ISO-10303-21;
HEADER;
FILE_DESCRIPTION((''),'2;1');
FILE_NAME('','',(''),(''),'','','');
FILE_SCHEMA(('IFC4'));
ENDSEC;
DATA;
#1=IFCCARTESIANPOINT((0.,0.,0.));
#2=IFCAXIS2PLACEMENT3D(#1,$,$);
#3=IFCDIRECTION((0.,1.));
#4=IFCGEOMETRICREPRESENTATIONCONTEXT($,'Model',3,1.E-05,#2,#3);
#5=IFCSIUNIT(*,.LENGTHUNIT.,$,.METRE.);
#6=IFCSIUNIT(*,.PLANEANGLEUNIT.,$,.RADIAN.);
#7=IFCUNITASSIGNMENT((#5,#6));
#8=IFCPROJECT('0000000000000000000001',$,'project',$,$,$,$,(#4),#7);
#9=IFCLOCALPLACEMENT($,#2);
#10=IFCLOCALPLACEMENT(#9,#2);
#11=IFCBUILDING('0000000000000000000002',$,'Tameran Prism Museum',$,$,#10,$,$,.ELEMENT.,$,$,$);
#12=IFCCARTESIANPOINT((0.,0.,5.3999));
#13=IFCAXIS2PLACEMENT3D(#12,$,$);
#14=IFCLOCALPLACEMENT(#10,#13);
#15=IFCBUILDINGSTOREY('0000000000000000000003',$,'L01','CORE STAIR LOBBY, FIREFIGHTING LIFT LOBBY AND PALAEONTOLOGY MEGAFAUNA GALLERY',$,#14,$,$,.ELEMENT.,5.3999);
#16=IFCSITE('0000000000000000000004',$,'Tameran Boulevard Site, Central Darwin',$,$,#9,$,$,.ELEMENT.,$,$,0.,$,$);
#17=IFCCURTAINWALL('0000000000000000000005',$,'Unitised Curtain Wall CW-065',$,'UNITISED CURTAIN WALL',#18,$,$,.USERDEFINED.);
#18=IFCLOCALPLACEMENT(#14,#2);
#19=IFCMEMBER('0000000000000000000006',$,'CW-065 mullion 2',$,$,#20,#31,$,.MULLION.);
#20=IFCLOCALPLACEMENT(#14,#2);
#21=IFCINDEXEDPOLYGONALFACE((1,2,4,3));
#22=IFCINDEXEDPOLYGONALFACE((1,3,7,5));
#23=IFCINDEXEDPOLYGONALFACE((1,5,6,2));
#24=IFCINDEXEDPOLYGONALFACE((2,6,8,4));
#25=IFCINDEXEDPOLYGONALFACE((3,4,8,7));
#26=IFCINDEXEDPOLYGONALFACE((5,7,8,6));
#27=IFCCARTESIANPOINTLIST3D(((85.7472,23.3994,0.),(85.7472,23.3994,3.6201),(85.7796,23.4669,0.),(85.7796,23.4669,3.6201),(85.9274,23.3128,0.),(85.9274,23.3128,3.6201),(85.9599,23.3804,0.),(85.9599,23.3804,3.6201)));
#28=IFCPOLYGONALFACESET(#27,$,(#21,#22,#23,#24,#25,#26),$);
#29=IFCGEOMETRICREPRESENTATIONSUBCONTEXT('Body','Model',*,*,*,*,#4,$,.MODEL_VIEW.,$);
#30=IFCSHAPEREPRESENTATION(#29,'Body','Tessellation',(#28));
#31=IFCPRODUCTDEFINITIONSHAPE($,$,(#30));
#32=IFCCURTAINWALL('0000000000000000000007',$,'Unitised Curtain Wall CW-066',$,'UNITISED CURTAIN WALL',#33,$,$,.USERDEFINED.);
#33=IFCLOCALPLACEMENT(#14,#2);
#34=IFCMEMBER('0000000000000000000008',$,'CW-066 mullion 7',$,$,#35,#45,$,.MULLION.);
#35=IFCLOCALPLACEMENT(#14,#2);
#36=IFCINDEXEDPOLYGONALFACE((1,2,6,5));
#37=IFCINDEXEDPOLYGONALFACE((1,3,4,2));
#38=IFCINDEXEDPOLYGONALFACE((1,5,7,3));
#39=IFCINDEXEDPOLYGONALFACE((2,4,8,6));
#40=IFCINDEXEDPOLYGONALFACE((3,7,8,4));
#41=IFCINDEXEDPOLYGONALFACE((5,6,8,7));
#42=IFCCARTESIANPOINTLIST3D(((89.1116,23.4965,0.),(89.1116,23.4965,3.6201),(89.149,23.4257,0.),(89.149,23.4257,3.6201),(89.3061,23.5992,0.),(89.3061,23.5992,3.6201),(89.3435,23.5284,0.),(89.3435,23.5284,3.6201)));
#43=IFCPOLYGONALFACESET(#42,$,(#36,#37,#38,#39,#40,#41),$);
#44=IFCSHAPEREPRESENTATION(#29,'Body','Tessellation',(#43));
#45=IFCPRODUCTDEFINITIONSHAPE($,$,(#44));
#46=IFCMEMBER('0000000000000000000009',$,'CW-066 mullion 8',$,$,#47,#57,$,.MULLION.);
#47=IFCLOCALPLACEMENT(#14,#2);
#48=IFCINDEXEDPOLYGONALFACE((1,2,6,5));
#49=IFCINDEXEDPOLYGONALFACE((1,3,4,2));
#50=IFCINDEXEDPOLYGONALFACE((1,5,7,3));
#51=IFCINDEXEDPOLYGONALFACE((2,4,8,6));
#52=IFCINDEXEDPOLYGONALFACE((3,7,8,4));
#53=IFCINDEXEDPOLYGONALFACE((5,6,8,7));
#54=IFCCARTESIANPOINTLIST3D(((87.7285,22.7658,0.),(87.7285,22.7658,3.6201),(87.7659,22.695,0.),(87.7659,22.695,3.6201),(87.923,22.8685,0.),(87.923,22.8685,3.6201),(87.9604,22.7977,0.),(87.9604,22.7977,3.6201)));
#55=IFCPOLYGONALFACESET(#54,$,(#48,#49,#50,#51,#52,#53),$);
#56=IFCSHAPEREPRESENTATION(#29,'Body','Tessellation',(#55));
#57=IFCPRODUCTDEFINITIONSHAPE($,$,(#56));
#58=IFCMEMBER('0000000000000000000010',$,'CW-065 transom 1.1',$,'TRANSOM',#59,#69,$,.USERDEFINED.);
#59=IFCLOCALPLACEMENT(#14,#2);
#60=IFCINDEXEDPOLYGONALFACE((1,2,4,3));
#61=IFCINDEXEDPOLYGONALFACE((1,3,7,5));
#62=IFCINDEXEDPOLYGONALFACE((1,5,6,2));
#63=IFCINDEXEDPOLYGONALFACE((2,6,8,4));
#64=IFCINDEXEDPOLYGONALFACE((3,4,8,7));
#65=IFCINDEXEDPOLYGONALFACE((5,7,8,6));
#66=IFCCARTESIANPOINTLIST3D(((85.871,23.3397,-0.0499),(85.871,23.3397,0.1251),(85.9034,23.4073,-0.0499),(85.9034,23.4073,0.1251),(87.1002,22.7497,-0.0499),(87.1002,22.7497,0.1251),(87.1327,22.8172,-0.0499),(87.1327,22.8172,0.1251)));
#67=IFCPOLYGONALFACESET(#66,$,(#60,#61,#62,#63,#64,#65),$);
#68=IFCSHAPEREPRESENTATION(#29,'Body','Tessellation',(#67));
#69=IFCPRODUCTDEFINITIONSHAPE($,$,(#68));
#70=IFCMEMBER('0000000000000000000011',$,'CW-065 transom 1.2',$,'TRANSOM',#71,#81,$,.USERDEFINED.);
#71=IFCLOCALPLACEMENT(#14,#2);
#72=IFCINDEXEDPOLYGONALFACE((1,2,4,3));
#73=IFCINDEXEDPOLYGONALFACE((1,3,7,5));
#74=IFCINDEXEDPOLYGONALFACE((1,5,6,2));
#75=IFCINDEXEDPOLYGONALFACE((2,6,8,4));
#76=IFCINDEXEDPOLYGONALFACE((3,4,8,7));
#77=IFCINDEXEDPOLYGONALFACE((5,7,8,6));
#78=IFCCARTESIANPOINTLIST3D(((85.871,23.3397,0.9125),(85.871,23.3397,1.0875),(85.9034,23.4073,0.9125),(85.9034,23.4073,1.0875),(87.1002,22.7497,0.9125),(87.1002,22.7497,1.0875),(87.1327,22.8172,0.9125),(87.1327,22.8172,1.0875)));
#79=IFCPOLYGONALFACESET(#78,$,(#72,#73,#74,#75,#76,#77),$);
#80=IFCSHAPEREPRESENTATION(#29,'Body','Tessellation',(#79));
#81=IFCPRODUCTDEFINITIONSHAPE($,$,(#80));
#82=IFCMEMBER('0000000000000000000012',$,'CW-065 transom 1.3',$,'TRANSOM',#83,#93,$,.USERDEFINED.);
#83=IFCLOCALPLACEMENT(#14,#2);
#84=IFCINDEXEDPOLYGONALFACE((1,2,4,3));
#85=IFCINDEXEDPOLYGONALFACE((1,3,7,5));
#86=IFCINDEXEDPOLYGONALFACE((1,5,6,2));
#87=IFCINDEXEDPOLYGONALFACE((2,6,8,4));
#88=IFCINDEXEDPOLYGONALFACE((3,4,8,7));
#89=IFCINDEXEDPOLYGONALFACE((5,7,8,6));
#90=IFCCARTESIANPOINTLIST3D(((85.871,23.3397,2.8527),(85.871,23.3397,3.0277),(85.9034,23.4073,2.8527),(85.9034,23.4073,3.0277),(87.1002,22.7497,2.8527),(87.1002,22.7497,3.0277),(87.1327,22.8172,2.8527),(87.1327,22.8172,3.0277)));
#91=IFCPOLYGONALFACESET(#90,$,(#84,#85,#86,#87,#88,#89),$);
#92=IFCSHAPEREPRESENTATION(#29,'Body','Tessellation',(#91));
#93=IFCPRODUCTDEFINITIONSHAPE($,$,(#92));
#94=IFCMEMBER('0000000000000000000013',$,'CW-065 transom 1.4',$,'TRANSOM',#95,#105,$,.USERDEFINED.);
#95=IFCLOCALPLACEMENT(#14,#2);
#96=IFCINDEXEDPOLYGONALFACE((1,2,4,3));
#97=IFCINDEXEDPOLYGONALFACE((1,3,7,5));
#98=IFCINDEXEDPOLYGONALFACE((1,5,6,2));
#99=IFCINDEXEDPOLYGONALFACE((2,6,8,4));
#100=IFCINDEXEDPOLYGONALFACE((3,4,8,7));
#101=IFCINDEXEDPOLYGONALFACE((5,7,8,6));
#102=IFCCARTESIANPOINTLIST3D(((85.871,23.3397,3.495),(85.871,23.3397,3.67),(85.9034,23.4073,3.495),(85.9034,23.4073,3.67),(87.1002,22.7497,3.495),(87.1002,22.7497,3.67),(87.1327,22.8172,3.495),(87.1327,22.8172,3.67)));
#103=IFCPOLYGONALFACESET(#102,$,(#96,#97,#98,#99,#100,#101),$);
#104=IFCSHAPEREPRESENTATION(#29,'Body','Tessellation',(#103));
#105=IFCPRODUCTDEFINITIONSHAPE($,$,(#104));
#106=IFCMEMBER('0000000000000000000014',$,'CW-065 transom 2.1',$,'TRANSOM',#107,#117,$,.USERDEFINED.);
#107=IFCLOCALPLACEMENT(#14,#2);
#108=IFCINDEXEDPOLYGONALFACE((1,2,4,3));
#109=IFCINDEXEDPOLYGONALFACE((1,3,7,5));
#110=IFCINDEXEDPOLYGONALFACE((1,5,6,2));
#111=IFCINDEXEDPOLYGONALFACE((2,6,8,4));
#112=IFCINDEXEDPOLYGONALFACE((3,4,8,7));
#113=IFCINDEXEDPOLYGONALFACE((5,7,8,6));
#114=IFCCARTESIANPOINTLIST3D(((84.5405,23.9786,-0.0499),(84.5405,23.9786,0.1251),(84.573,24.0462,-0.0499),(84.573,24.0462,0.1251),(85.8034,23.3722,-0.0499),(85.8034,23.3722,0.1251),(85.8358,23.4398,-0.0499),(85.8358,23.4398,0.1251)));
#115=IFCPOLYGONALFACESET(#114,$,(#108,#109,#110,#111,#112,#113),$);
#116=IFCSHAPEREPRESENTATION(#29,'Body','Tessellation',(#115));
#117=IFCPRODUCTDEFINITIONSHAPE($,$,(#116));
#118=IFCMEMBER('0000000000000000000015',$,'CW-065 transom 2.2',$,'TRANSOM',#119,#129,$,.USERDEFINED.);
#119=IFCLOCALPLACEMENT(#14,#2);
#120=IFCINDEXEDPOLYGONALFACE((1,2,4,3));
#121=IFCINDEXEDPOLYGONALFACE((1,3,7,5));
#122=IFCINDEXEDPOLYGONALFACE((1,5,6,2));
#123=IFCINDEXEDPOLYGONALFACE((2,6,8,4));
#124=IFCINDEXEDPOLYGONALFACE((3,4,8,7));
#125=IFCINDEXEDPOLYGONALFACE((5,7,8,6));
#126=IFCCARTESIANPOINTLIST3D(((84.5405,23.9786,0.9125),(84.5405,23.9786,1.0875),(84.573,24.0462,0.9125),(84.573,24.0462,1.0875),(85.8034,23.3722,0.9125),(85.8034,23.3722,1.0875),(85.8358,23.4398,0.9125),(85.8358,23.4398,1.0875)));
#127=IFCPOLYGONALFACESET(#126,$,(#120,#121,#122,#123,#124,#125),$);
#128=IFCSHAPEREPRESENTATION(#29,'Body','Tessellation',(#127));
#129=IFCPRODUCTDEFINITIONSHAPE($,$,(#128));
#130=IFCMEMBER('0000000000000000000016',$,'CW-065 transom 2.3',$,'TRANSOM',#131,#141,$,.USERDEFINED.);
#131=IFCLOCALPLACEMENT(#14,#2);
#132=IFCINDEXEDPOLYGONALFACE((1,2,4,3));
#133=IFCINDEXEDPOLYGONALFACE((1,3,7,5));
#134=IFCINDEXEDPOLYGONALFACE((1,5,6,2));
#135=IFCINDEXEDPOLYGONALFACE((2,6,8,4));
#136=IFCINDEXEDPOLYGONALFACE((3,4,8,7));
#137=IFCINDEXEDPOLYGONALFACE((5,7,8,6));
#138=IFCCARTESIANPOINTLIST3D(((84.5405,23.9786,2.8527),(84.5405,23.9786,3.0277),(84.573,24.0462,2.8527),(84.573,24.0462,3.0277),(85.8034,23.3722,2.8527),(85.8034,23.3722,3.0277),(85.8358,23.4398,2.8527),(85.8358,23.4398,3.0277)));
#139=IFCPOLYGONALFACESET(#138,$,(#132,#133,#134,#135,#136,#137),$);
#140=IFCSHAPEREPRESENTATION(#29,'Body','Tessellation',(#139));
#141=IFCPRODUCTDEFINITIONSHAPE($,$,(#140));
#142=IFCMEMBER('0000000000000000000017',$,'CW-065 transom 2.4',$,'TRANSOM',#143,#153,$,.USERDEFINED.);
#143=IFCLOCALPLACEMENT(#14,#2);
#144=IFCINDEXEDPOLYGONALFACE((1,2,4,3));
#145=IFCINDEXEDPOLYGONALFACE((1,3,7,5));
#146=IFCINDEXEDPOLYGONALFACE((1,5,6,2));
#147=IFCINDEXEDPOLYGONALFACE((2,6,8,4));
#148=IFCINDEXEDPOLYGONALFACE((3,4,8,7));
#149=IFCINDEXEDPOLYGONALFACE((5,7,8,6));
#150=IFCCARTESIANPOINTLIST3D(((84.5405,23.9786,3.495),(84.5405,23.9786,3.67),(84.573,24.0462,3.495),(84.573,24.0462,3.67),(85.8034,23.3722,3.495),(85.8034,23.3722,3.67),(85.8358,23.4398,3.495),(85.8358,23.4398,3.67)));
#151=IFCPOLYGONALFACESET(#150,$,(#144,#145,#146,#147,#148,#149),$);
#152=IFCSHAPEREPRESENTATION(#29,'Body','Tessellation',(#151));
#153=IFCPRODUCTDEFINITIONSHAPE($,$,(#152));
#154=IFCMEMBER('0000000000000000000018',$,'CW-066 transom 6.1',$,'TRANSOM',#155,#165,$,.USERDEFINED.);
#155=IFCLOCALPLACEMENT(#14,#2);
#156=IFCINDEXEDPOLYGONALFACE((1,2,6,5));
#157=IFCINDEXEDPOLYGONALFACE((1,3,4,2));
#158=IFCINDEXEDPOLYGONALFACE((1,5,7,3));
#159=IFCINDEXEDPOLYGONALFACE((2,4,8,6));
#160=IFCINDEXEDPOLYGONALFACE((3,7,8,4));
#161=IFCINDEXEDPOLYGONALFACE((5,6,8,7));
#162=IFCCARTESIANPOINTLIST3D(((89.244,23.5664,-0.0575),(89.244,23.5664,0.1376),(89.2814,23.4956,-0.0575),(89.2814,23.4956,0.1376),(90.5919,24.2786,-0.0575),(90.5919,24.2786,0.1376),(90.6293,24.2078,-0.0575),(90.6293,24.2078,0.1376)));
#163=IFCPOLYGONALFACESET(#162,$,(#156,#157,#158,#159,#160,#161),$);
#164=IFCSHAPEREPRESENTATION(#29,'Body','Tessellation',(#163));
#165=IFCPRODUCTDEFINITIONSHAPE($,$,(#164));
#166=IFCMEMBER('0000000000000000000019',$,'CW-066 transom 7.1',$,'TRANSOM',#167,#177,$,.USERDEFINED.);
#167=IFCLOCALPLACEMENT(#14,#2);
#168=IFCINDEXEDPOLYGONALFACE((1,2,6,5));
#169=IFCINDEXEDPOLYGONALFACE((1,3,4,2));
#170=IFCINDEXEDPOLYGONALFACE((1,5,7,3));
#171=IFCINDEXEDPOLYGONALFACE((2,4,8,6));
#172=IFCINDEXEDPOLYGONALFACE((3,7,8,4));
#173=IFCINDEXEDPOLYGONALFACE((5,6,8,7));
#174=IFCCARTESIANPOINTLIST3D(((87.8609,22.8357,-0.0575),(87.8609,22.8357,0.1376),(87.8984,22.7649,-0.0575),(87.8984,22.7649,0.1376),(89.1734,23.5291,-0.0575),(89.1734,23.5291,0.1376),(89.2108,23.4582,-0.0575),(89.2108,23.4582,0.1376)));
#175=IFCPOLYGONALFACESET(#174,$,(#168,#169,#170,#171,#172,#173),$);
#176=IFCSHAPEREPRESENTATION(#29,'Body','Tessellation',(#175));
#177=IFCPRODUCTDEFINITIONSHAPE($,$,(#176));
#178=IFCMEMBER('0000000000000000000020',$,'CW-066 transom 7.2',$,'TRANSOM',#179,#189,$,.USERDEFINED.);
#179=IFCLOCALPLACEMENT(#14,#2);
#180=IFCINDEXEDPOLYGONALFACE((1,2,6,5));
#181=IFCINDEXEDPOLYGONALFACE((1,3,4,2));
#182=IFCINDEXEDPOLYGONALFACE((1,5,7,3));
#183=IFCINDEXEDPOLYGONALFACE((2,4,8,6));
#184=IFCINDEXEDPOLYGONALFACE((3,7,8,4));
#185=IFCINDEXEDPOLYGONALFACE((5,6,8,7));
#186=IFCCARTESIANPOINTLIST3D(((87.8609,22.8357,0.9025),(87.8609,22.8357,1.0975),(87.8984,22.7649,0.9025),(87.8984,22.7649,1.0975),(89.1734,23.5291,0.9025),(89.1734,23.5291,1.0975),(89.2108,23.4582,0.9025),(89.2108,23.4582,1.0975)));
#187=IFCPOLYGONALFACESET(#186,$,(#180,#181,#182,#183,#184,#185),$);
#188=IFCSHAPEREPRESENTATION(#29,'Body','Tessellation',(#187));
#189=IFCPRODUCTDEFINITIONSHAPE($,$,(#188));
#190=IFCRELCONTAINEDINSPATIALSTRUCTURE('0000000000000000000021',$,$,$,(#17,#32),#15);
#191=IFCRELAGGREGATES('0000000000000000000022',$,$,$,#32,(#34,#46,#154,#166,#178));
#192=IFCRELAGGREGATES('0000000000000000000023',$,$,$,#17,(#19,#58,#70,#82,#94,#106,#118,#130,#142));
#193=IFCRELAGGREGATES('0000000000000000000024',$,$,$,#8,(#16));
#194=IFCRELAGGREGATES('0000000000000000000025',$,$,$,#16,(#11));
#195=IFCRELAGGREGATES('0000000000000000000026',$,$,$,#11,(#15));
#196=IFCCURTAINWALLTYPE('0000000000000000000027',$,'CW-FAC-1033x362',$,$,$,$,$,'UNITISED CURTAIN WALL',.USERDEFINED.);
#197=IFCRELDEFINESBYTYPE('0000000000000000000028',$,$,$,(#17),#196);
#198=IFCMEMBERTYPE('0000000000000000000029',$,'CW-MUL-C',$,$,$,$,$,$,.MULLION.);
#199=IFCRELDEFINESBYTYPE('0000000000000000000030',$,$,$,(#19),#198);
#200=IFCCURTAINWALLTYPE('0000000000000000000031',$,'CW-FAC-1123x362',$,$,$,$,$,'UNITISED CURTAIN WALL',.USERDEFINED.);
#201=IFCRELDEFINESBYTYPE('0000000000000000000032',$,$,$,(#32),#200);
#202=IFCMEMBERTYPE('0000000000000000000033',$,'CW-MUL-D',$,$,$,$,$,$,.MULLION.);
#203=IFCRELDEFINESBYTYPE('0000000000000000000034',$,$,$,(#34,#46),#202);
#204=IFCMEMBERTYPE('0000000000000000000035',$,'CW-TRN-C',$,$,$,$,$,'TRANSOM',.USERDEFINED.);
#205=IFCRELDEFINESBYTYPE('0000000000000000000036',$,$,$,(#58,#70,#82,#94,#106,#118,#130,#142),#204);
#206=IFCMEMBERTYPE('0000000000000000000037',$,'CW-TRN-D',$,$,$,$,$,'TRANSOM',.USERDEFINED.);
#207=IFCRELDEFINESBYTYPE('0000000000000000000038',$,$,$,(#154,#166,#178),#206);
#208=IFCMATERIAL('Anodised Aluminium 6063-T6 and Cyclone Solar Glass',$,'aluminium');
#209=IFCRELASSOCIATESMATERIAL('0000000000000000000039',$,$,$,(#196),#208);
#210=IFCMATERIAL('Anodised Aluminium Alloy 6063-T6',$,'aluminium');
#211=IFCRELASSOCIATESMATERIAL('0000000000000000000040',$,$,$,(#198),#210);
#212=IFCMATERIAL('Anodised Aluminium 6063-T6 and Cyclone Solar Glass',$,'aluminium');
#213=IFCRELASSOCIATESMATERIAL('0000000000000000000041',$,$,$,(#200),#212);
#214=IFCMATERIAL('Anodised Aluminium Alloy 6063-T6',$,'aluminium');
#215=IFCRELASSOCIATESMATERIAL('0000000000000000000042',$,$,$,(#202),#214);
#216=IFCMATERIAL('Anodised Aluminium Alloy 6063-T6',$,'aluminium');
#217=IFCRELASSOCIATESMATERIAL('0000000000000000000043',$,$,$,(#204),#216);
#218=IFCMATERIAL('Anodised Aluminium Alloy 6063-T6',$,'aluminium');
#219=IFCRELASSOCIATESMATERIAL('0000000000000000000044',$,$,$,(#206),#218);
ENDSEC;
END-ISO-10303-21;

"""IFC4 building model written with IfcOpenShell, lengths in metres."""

from ifc_helpers import new_model, si_unit, direction, frame, origin, origin_2d, place, context, subcontext, project, spatial, rectangle, extrude, material, material_profile, profile_set, type_object, element, aggregate, save


model = new_model("IFC4")

# Units and contexts
model_context = context("Model", 3, precision=1e-05, world=origin(), true_north=direction((0.0, 1.0)))
body_context = subcontext(model_context, "Body", "Model", "MODEL_VIEW")
ifc_project = project(units=[si_unit("LENGTHUNIT", "METRE"), si_unit("PLANEANGLEUNIT", "RADIAN")], contexts=[model_context])

# Site, building, storey
site_placement = place(None, origin())
site = spatial("IfcSite", under=ifc_project, at=site_placement, Name="Tameran Boulevard Site, Central Darwin", CompositionType="ELEMENT", RefElevation=0.0)
building_placement = place(site_placement, origin())
building = spatial("IfcBuilding", under=site, at=building_placement, Name="Tameran Prism Museum", CompositionType="ELEMENT")
storey_placement = place(building_placement, frame((0.0, 0.0, 5.3999)))
storey = spatial("IfcBuildingStorey", under=building, at=storey_placement, Name="L01", Description="CORE STAIR LOBBY, FIREFIGHTING LIFT LOBBY AND PALAEONTOLOGY MEGAFAUNA GALLERY", CompositionType="ELEMENT", Elevation=5.3999)

# Curtain walls, members
ifc_material_1 = material(Name="Anodised Aluminium 6063-T6 and Cyclone Solar Glass", Category="aluminium")
curtain_wall_type_1 = type_object("IfcCurtainWallType", Name="CW-FAC-1033x362", ElementType="UNITISED CURTAIN WALL", PredefinedType="USERDEFINED", material=ifc_material_1)
curtain_wall_1_placement = place(storey_placement, origin())
curtain_wall_1 = element("IfcCurtainWall", 1, at=curtain_wall_1_placement, inside=storey, type_object=curtain_wall_type_1, Name="Unitised Curtain Wall CW-065", ObjectType="UNITISED CURTAIN WALL", PredefinedType="USERDEFINED")
ifc_material_2 = material(Name="Anodised Aluminium Alloy 6063-T6", Category="aluminium")
ifc_material_profile_1 = material_profile(ifc_material_2, rectangle(XDim=0.075, YDim=0.2, at=origin_2d()))
ifc_profile_set_1 = profile_set([ifc_material_profile_1])
member_type_1 = type_object("IfcMemberType", Name="CW-MUL-C", PredefinedType="MULLION", material=ifc_profile_set_1)
member_1_placement = place(storey_placement, frame((85.8535, 23.3899, 0.0), z_axis=(0.0, 0.0, 1.0), x_axis=(-0.432832, -0.901475, 0.0)))
member_1 = element("IfcMember", 2, at=member_1_placement, type_object=member_type_1, Name="CW-065 mullion 2", PredefinedType="MULLION", context=body_context, shape_type="SweptSolid", body=[
    extrude(rectangle(XDim=0.075, YDim=0.2, at=origin_2d()), origin(), (0.0, 0.0, 1.0), 3.6201),
])
ifc_material_3 = material(Name="Anodised Aluminium 6063-T6 and Cyclone Solar Glass", Category="aluminium")
curtain_wall_type_2 = type_object("IfcCurtainWallType", Name="CW-FAC-1123x362", ElementType="UNITISED CURTAIN WALL", PredefinedType="USERDEFINED", material=ifc_material_3)
curtain_wall_2_placement = place(storey_placement, origin())
curtain_wall_2 = element("IfcCurtainWall", 3, at=curtain_wall_2_placement, inside=storey, type_object=curtain_wall_type_2, Name="Unitised Curtain Wall CW-066", ObjectType="UNITISED CURTAIN WALL", PredefinedType="USERDEFINED")
ifc_material_4 = material(Name="Anodised Aluminium Alloy 6063-T6", Category="aluminium")
ifc_material_profile_2 = material_profile(ifc_material_4, rectangle(XDim=0.0801, YDim=0.22, at=origin_2d()))
ifc_profile_set_2 = profile_set([ifc_material_profile_2])
member_type_2 = type_object("IfcMemberType", Name="CW-MUL-D", PredefinedType="MULLION", material=ifc_profile_set_2)
member_2_placement = place(storey_placement, frame((89.2275, 23.5125, 0.0), z_axis=(0.0, 0.0, 1.0), x_axis=(0.467155, -0.884175, 0.0)))
member_2 = element("IfcMember", 4, at=member_2_placement, type_object=member_type_2, Name="CW-066 mullion 7", PredefinedType="MULLION", context=body_context, shape_type="SweptSolid", body=[
    extrude(rectangle(XDim=0.0801, YDim=0.22, at=origin_2d()), origin(), (0.0, 0.0, 1.0), 3.6201),
])
member_3_placement = place(storey_placement, frame((87.8445, 22.7817, 0.0), z_axis=(0.0, 0.0, 1.0), x_axis=(0.467155, -0.884175, 0.0)))
member_3 = element("IfcMember", 5, at=member_3_placement, type_object=member_type_2, Name="CW-066 mullion 8", PredefinedType="MULLION", context=body_context, shape_type="SweptSolid", body=[
    extrude(rectangle(XDim=0.0801, YDim=0.22, at=origin_2d()), origin(), (0.0, 0.0, 1.0), 3.6201),
])

# Members
ifc_material_5 = material(Name="Anodised Aluminium Alloy 6063-T6", Category="aluminium")
ifc_material_profile_3 = material_profile(ifc_material_5, rectangle(XDim=0.075, YDim=0.175, at=origin_2d()))
ifc_profile_set_3 = profile_set([ifc_material_profile_3])
member_type_3 = type_object("IfcMemberType", Name="CW-TRN-C", ElementType="TRANSOM", PredefinedType="USERDEFINED", material=ifc_profile_set_3)
member_4_placement = place(storey_placement, frame((87.1165, 22.7834, 0.0376), z_axis=(-0.901509, 0.43276, 0.0), x_axis=(-0.43276, -0.901509, 0.0)))
member_4 = element("IfcMember", 6, at=member_4_placement, type_object=member_type_3, Name="CW-065 transom 1.1", ObjectType="TRANSOM", PredefinedType="USERDEFINED", context=body_context, shape_type="SweptSolid", body=[
    extrude(rectangle(XDim=0.075, YDim=0.175, at=origin_2d()), origin(), (0.0, 0.0, 1.0), 1.3635),
])
member_5_placement = place(storey_placement, frame((87.1165, 22.7834, 1.0), z_axis=(-0.901509, 0.43276, 0.0), x_axis=(-0.43276, -0.901509, 0.0)))
member_5 = element("IfcMember", 7, at=member_5_placement, type_object=member_type_3, Name="CW-065 transom 1.2", ObjectType="TRANSOM", PredefinedType="USERDEFINED", context=body_context, shape_type="SweptSolid", body=[
    extrude(rectangle(XDim=0.075, YDim=0.175, at=origin_2d()), origin(), (0.0, 0.0, 1.0), 1.3635),
])
member_6_placement = place(storey_placement, frame((87.1165, 22.7834, 2.9402), z_axis=(-0.901509, 0.43276, 0.0), x_axis=(-0.43276, -0.901509, 0.0)))
member_6 = element("IfcMember", 8, at=member_6_placement, type_object=member_type_3, Name="CW-065 transom 1.3", ObjectType="TRANSOM", PredefinedType="USERDEFINED", context=body_context, shape_type="SweptSolid", body=[
    extrude(rectangle(XDim=0.075, YDim=0.175, at=origin_2d()), origin(), (0.0, 0.0, 1.0), 1.3635),
])
member_7_placement = place(storey_placement, frame((87.1165, 22.7834, 3.5825), z_axis=(-0.901509, 0.43276, 0.0), x_axis=(-0.43276, -0.901509, 0.0)))
member_7 = element("IfcMember", 9, at=member_7_placement, type_object=member_type_3, Name="CW-065 transom 1.4", ObjectType="TRANSOM", PredefinedType="USERDEFINED", context=body_context, shape_type="SweptSolid", body=[
    extrude(rectangle(XDim=0.075, YDim=0.175, at=origin_2d()), origin(), (0.0, 0.0, 1.0), 1.3635),
])
member_8_placement = place(storey_placement, frame((85.8196, 23.406, 0.0376), z_axis=(-0.901458, 0.432867, 0.0), x_axis=(-0.432867, -0.901458, 0.0)))
member_8 = element("IfcMember", 10, at=member_8_placement, type_object=member_type_3, Name="CW-065 transom 2.1", ObjectType="TRANSOM", PredefinedType="USERDEFINED", context=body_context, shape_type="SweptSolid", body=[
    extrude(rectangle(XDim=0.075, YDim=0.175, at=origin_2d()), origin(), (0.0, 0.0, 1.0), 1.4009),
])
member_9_placement = place(storey_placement, frame((85.8196, 23.406, 1.0), z_axis=(-0.901458, 0.432867, 0.0), x_axis=(-0.432867, -0.901458, 0.0)))
member_9 = element("IfcMember", 11, at=member_9_placement, type_object=member_type_3, Name="CW-065 transom 2.2", ObjectType="TRANSOM", PredefinedType="USERDEFINED", context=body_context, shape_type="SweptSolid", body=[
    extrude(rectangle(XDim=0.075, YDim=0.175, at=origin_2d()), origin(), (0.0, 0.0, 1.0), 1.4009),
])
member_10_placement = place(storey_placement, frame((85.8196, 23.406, 2.9402), z_axis=(-0.901458, 0.432867, 0.0), x_axis=(-0.432867, -0.901458, 0.0)))
member_10 = element("IfcMember", 12, at=member_10_placement, type_object=member_type_3, Name="CW-065 transom 2.3", ObjectType="TRANSOM", PredefinedType="USERDEFINED", context=body_context, shape_type="SweptSolid", body=[
    extrude(rectangle(XDim=0.075, YDim=0.175, at=origin_2d()), origin(), (0.0, 0.0, 1.0), 1.4009),
])
member_11_placement = place(storey_placement, frame((85.8196, 23.406, 3.5825), z_axis=(-0.901458, 0.432867, 0.0), x_axis=(-0.432867, -0.901458, 0.0)))
member_11 = element("IfcMember", 13, at=member_11_placement, type_object=member_type_3, Name="CW-065 transom 2.4", ObjectType="TRANSOM", PredefinedType="USERDEFINED", context=body_context, shape_type="SweptSolid", body=[
    extrude(rectangle(XDim=0.075, YDim=0.175, at=origin_2d()), origin(), (0.0, 0.0, 1.0), 1.4009),
])
ifc_material_6 = material(Name="Anodised Aluminium Alloy 6063-T6", Category="aluminium")
ifc_material_profile_4 = material_profile(ifc_material_6, rectangle(XDim=0.0801, YDim=0.1951, at=origin_2d()))
ifc_profile_set_4 = profile_set([ifc_material_profile_4])
member_type_4 = type_object("IfcMemberType", Name="CW-TRN-D", ElementType="TRANSOM", PredefinedType="USERDEFINED", material=ifc_profile_set_4)
member_12_placement = place(storey_placement, frame((90.6106, 24.2432, 0.04), z_axis=(-0.884177, -0.467152, 0.0), x_axis=(0.467152, -0.884177, 0.0)))
member_12 = element("IfcMember", 14, at=member_12_placement, type_object=member_type_4, Name="CW-066 transom 6.1", ObjectType="TRANSOM", PredefinedType="USERDEFINED", context=body_context, shape_type="SweptSolid", body=[
    extrude(rectangle(XDim=0.0801, YDim=0.1951, at=origin_2d()), origin(), (0.0, 0.0, 1.0), 1.5244),
])
member_13_placement = place(storey_placement, frame((89.1921, 23.4937, 0.04), z_axis=(-0.884204, -0.467102, 0.0), x_axis=(0.467102, -0.884204, 0.0)))
member_13 = element("IfcMember", 15, at=member_13_placement, type_object=member_type_4, Name="CW-066 transom 7.1", ObjectType="TRANSOM", PredefinedType="USERDEFINED", context=body_context, shape_type="SweptSolid", body=[
    extrude(rectangle(XDim=0.0801, YDim=0.1951, at=origin_2d()), origin(), (0.0, 0.0, 1.0), 1.4844),
])
member_14_placement = place(storey_placement, frame((89.1921, 23.4937, 1.0), z_axis=(-0.884204, -0.467102, 0.0), x_axis=(0.467102, -0.884204, 0.0)))
member_14 = element("IfcMember", 16, at=member_14_placement, type_object=member_type_4, Name="CW-066 transom 7.2", ObjectType="TRANSOM", PredefinedType="USERDEFINED", context=body_context, shape_type="SweptSolid", body=[
    extrude(rectangle(XDim=0.0801, YDim=0.1951, at=origin_2d()), origin(), (0.0, 0.0, 1.0), 1.4844),
])

aggregate(curtain_wall_2, [member_2, member_3, member_12, member_13, member_14])
aggregate(curtain_wall_1, [member_1, member_4, member_5, member_6, member_7, member_8, member_9, member_10, member_11])

save(model, "model.ifc")
